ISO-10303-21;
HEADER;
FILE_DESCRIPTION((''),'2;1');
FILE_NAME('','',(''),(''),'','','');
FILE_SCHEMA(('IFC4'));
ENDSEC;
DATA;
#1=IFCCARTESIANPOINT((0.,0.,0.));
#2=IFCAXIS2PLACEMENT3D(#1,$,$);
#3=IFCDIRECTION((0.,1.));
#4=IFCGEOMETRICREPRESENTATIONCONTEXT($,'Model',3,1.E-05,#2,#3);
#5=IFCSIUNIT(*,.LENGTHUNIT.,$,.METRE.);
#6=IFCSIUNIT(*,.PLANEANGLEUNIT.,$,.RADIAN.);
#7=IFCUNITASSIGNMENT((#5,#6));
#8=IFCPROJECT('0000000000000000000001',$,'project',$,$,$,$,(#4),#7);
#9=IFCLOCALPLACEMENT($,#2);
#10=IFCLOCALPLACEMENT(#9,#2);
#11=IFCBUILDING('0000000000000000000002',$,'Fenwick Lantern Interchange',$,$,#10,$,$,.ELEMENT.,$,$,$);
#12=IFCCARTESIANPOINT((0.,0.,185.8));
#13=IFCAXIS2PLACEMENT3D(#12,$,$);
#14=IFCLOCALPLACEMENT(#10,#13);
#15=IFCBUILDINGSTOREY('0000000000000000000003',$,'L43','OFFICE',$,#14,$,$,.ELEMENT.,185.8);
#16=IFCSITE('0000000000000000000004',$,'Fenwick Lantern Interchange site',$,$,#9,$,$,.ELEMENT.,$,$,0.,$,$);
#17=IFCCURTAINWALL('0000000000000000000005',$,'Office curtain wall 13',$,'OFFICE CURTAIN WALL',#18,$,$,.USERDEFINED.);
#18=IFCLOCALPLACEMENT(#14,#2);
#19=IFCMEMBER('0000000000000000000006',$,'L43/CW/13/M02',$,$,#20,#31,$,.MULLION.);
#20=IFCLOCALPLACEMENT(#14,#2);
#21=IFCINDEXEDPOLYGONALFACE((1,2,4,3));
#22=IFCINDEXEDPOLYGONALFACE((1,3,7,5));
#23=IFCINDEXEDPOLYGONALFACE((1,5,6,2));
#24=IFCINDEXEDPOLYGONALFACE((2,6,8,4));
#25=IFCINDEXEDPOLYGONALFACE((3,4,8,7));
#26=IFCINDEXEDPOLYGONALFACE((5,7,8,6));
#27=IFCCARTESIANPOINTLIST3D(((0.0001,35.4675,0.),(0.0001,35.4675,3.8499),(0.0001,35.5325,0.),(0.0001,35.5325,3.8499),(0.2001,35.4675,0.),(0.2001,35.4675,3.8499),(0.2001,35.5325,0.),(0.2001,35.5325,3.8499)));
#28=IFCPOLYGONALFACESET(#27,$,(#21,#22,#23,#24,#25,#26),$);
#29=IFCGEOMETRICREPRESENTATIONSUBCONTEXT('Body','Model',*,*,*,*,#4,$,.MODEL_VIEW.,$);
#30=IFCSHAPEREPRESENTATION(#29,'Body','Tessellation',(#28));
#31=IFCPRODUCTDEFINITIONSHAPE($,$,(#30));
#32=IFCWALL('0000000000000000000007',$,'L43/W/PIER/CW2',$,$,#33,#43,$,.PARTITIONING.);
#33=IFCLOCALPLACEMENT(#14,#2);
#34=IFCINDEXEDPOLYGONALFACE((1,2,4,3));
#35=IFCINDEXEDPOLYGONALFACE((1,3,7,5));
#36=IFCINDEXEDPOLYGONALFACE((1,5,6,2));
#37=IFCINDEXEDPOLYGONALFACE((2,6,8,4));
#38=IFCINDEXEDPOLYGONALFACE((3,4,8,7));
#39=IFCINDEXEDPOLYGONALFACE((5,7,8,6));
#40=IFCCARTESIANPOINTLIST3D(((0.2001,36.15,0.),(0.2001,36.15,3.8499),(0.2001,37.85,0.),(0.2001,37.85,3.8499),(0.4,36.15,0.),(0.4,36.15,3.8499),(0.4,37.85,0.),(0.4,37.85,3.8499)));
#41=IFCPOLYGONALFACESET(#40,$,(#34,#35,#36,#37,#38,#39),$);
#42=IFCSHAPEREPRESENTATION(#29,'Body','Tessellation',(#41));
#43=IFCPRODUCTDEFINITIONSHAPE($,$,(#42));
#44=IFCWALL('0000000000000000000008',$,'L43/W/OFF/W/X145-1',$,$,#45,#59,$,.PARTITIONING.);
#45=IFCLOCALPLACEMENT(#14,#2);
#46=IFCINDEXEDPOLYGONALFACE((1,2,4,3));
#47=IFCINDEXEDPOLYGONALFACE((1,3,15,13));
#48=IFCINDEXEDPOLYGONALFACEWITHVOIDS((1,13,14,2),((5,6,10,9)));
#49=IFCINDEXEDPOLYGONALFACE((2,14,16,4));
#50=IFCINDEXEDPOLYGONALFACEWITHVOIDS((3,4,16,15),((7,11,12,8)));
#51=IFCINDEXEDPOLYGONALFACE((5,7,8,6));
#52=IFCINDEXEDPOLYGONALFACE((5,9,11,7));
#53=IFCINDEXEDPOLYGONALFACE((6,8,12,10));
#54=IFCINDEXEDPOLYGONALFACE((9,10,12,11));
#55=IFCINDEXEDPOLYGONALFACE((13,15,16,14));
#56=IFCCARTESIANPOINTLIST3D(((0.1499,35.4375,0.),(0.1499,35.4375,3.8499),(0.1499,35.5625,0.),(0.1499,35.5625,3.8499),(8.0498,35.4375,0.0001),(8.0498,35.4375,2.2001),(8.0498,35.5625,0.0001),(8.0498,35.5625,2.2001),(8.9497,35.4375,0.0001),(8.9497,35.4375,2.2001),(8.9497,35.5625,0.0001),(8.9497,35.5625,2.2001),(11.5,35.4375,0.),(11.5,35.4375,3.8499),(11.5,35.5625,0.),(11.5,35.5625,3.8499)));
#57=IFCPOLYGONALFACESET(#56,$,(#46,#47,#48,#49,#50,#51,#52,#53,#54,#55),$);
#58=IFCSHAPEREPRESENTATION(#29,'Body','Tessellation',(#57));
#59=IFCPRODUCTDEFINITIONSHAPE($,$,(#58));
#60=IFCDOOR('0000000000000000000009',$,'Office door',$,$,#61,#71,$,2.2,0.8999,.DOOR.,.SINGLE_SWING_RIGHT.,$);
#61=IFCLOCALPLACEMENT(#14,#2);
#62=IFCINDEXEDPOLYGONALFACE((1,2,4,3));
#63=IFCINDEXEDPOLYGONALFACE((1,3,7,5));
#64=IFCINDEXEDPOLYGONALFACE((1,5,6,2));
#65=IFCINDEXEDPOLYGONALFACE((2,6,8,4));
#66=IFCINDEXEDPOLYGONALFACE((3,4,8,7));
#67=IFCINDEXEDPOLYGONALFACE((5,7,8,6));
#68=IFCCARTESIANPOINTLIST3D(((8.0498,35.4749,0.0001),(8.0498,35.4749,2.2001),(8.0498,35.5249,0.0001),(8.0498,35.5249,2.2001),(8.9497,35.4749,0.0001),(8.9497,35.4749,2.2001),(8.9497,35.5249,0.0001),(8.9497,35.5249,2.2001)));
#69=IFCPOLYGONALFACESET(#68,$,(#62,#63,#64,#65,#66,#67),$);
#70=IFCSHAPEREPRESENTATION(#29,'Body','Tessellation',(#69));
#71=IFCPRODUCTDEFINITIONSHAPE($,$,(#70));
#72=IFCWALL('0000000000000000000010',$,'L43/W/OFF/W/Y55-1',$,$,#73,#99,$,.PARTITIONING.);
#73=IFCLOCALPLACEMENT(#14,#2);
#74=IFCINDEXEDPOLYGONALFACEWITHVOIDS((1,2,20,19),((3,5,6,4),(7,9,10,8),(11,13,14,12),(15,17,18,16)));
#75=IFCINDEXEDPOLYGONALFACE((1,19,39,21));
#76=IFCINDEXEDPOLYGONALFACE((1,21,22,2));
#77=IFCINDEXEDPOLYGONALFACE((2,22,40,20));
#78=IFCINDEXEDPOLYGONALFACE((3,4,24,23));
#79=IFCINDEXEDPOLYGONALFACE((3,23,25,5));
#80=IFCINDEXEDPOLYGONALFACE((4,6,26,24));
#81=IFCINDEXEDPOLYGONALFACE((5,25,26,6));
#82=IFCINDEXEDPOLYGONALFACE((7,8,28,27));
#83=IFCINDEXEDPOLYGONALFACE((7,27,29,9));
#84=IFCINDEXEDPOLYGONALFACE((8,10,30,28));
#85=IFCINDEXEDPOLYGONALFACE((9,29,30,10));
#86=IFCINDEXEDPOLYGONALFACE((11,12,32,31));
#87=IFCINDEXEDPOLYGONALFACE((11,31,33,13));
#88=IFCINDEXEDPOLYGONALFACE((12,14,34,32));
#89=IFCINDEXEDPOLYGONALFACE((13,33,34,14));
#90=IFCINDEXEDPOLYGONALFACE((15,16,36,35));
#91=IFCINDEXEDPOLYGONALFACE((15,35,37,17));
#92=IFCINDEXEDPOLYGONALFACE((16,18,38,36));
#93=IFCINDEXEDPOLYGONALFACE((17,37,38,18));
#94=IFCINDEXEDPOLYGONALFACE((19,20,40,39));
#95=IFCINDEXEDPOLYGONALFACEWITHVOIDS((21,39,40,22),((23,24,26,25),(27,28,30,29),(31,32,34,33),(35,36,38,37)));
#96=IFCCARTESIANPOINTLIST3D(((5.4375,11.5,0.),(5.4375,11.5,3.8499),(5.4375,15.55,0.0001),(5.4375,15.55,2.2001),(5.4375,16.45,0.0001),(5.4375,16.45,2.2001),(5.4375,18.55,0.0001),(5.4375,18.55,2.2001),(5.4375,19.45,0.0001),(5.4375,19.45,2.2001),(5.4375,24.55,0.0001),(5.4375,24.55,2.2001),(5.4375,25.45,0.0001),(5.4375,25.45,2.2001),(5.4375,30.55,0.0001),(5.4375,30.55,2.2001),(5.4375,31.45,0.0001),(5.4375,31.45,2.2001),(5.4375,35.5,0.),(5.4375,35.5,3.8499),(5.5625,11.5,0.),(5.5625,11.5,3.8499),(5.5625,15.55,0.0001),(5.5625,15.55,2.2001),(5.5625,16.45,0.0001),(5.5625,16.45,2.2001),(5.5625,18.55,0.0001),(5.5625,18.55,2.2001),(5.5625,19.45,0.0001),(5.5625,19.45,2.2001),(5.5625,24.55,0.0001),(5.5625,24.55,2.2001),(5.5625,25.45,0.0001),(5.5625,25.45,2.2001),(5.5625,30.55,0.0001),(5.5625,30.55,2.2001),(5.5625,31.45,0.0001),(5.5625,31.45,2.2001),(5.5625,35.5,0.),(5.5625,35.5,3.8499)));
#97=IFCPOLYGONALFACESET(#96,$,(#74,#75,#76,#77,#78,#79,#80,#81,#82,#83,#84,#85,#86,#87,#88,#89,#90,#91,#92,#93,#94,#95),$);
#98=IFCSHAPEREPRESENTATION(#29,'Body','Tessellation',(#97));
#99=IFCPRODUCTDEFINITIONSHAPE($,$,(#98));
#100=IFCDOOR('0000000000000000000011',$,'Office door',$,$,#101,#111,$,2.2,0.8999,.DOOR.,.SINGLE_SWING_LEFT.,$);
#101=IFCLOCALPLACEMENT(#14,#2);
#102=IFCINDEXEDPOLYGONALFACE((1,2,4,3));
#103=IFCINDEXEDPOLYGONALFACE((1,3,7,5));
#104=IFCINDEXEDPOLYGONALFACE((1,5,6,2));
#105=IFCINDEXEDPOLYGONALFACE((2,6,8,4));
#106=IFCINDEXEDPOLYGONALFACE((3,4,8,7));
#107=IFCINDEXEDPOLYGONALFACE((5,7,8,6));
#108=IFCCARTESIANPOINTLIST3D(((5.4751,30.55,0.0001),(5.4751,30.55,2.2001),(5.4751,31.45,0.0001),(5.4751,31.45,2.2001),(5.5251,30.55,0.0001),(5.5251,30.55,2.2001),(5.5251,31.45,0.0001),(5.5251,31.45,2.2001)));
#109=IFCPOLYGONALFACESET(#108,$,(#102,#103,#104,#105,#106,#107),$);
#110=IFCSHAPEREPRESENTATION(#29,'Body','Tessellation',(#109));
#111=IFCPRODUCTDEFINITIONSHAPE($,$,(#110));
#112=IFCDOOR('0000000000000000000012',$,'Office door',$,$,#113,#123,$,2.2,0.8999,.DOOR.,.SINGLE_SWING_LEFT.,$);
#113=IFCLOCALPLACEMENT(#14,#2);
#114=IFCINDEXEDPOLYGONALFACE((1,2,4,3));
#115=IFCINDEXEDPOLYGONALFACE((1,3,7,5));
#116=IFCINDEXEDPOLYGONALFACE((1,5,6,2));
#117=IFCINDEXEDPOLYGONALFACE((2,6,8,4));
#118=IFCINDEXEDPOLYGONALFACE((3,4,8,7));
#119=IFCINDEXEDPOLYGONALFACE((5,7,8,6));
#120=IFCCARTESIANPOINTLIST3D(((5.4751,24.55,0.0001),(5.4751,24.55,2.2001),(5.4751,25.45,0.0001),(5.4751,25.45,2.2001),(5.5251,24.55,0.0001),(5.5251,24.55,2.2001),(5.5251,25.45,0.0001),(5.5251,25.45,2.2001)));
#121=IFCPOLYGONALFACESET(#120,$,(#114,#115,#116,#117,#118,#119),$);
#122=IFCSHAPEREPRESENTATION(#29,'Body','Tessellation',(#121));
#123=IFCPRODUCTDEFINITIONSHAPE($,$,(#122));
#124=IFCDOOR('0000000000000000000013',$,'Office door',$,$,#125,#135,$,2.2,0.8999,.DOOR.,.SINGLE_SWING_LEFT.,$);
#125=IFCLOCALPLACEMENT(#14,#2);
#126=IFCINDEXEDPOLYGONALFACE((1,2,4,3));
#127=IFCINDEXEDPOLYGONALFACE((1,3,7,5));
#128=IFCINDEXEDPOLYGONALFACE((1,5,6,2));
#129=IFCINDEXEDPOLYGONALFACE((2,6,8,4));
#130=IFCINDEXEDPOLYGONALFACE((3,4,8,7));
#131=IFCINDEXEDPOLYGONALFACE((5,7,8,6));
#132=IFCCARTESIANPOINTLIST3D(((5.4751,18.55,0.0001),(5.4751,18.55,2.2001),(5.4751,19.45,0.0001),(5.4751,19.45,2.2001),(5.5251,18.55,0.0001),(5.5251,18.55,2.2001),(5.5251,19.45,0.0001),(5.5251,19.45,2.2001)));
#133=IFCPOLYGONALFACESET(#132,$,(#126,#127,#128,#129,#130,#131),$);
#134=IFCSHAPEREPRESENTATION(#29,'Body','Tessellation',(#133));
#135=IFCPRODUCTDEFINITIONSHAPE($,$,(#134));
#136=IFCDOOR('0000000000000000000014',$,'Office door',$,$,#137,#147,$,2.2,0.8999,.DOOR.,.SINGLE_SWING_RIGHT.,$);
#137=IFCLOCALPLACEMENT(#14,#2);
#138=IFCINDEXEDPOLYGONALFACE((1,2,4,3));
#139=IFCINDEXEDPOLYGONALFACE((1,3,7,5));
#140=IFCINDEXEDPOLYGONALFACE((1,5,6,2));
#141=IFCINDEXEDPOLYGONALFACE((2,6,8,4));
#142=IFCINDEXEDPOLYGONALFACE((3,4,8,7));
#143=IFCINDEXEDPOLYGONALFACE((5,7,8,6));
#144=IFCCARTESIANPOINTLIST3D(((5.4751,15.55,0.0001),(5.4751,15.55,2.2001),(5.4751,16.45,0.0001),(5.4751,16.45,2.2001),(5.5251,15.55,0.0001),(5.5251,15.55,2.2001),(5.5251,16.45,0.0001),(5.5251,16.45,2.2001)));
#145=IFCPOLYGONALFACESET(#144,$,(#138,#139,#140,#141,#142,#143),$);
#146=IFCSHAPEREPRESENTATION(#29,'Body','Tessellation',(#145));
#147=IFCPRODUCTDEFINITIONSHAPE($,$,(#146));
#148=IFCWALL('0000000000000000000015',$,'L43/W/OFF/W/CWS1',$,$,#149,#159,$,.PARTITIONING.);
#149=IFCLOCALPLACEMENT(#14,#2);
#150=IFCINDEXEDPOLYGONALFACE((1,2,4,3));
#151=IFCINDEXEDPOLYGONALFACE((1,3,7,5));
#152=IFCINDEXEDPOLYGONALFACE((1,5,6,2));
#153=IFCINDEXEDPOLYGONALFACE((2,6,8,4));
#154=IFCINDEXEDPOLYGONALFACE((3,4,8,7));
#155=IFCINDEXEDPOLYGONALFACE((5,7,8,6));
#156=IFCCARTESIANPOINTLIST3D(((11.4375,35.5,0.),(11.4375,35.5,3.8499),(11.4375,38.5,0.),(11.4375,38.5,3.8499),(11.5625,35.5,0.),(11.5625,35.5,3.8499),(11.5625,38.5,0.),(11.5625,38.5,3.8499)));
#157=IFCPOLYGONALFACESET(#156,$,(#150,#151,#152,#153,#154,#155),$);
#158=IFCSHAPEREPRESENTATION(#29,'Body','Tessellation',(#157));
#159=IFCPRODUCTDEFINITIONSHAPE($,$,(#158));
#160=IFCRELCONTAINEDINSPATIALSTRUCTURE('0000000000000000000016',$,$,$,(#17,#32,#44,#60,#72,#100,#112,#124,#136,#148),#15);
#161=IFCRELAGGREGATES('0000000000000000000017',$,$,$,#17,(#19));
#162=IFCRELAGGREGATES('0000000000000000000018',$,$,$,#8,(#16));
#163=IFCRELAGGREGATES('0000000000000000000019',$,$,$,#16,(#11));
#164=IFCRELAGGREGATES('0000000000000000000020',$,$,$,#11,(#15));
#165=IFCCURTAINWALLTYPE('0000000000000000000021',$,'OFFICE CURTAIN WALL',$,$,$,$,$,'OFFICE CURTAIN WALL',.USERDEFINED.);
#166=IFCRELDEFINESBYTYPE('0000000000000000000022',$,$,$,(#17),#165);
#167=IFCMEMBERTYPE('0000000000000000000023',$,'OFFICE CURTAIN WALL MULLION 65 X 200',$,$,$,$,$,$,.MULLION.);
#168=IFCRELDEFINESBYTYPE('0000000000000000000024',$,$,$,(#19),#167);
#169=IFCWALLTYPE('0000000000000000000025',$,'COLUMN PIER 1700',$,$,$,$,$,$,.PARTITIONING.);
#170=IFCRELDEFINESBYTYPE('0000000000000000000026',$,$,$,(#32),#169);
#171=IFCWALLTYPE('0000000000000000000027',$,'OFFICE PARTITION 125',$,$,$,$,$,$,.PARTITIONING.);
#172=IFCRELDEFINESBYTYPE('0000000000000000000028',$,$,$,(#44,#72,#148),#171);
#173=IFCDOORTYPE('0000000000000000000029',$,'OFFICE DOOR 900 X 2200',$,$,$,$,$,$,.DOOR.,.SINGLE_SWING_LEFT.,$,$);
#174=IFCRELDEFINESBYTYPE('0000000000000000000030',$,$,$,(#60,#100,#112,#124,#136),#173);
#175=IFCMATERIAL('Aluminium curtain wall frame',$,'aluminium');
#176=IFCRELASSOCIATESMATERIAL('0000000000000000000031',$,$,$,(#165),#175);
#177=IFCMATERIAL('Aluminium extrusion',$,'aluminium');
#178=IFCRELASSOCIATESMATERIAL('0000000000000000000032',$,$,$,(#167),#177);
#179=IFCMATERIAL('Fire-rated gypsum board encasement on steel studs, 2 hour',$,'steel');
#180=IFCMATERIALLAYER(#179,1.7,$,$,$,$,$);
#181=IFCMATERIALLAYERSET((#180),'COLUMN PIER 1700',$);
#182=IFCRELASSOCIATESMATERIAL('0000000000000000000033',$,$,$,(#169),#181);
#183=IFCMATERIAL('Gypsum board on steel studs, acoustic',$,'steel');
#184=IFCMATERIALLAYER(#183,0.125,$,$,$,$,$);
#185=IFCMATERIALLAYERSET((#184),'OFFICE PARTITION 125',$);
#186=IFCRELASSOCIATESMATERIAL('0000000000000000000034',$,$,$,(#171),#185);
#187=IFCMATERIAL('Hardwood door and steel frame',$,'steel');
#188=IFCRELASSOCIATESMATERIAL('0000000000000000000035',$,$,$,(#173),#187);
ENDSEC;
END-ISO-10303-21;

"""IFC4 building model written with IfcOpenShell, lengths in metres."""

from ifc_helpers import new_model, si_unit, direction, frame, frame_2d, origin, origin_2d, place, context, subcontext, project, spatial, rectangle, extrude, material, layer, layer_set, material_profile, profile_set, type_object, element, fill, aggregate, save


model = new_model("IFC4")

# Units and contexts
model_context = context("Model", 3, precision=1e-05, world=origin(), true_north=direction((0.0, 1.0)))
body_context = subcontext(model_context, "Body", "Model", "MODEL_VIEW")
ifc_project = project(units=[si_unit("LENGTHUNIT", "METRE"), si_unit("PLANEANGLEUNIT", "RADIAN")], contexts=[model_context])

# Site, building, storey
site_placement = place(None, origin())
site = spatial("IfcSite", under=ifc_project, at=site_placement, Name="Fenwick Lantern Interchange site", CompositionType="ELEMENT", RefElevation=0.0)
building_placement = place(site_placement, origin())
building = spatial("IfcBuilding", under=site, at=building_placement, Name="Fenwick Lantern Interchange", CompositionType="ELEMENT")
storey_placement = place(building_placement, frame((0.0, 0.0, 185.8)))
storey = spatial("IfcBuildingStorey", under=building, at=storey_placement, Name="L43", Description="OFFICE", CompositionType="ELEMENT", Elevation=185.8)

# Curtain wall, member
ifc_material_1 = material(Name="Aluminium curtain wall frame", Category="aluminium")
curtain_wall_type = type_object("IfcCurtainWallType", Name="OFFICE CURTAIN WALL", ElementType="OFFICE CURTAIN WALL", PredefinedType="USERDEFINED", material=ifc_material_1)
curtain_wall_placement = place(storey_placement, origin())
curtain_wall = element("IfcCurtainWall", 1, at=curtain_wall_placement, inside=storey, type_object=curtain_wall_type, Name="Office curtain wall 13", ObjectType="OFFICE CURTAIN WALL", PredefinedType="USERDEFINED")
ifc_material_2 = material(Name="Aluminium extrusion", Category="aluminium")
ifc_material_profile_1 = material_profile(ifc_material_2, rectangle(XDim=0.2, YDim=0.0649, at=origin_2d()), Name="OFFICE CURTAIN WALL MULLION 65 X 200")
ifc_profile_set_1 = profile_set([ifc_material_profile_1], Name="Aluminium extrusion")
member_type = type_object("IfcMemberType", Name="OFFICE CURTAIN WALL MULLION 65 X 200", PredefinedType="MULLION", material=ifc_profile_set_1)
member_placement = place(storey_placement, frame((0.1001, 35.5, 0.0), z_axis=(0.0, 0.0, 1.0), x_axis=(1.0, 0.0, 0.0)))
member = element("IfcMember", 2, at=member_placement, type_object=member_type, Name="L43/CW/13/M02", PredefinedType="MULLION", context=body_context, shape_type="SweptSolid", body=[
    extrude(rectangle(XDim=0.2, YDim=0.0649, at=origin_2d()), origin(), (0.0, 0.0, 1.0), 3.8499),
])
aggregate(curtain_wall, [member])

# Wall
ifc_material_3 = material(Name="Fire-rated gypsum board encasement on steel studs, 2 hour", Category="steel")
ifc_layer_1 = layer(ifc_material_3, 1.7)
ifc_layer_set_1 = layer_set([ifc_layer_1], Name="COLUMN PIER 1700")
wall_type_1 = type_object("IfcWallType", Name="COLUMN PIER 1700", PredefinedType="PARTITIONING", material=ifc_layer_set_1)
wall_1_placement = place(storey_placement, frame((0.2, 37.0, 0.0), z_axis=(0.0, 0.0, 1.0), x_axis=(1.0, 0.0, 0.0)))
element("IfcWall", 3, at=wall_1_placement, inside=storey, type_object=wall_type_1, Name="L43/W/PIER/CW2", PredefinedType="PARTITIONING", context=body_context, shape_type="SweptSolid", body=[
    extrude(rectangle(XDim=0.2, YDim=1.7, at=frame_2d((0.1001, 0.0))), origin(), (0.0, 0.0, 1.0), 3.8499),
])

# Shared definitions
ifc_material_4 = material(Name="Hardwood door and steel frame", Category="steel")

# Wall, opening, door
ifc_material_5 = material(Name="Gypsum board on steel studs, acoustic", Category="steel")
ifc_layer_2 = layer(ifc_material_5, 0.125)
ifc_layer_set_2 = layer_set([ifc_layer_2], Name="OFFICE PARTITION 125")
wall_type_2 = type_object("IfcWallType", Name="OFFICE PARTITION 125", PredefinedType="PARTITIONING", material=ifc_layer_set_2)
wall_2_placement = place(storey_placement, frame((0.1499, 35.5, 0.0), z_axis=(0.0, 0.0, 1.0), x_axis=(1.0, 0.0, 0.0)))
wall_2 = element("IfcWall", 4, at=wall_2_placement, inside=storey, type_object=wall_type_2, Name="L43/W/OFF/W/X145-1", PredefinedType="PARTITIONING", context=body_context, shape_type="SweptSolid", body=[
    extrude(rectangle(XDim=11.3501, YDim=0.125, at=frame_2d((5.675, 0.0))), origin(), (0.0, 0.0, 1.0), 3.8499),
])
opening_1_placement = place(wall_2_placement, frame((7.8999, 0.0, 0.0)))
opening_1 = element("IfcOpeningElement", 5, at=opening_1_placement, cuts=wall_2, PredefinedType="OPENING", context=body_context, shape_type="SweptSolid", body=[
    extrude(rectangle(XDim=0.8999, YDim=2.2, at=frame_2d((0.45, 1.1001))), frame((0.0, 0.0725, 0.0), z_axis=(0.0, -1.0, 0.0), x_axis=(1.0, 0.0, 0.0)), (0.0, 0.0, 1.0), 0.145),
])
door_type_1 = type_object("IfcDoorType", Name="OFFICE DOOR 900 X 2200", OperationType="SINGLE_SWING_LEFT", PredefinedType="DOOR", material=ifc_material_4)
door_1_placement = place(opening_1_placement, origin())
door_1 = element("IfcDoor", 6, at=door_1_placement, inside=storey, type_object=door_type_1, Name="Office door", OperationType="SINGLE_SWING_RIGHT", OverallHeight=2.2, OverallWidth=0.8999, PredefinedType="DOOR", context=body_context, shape_type="SweptSolid", body=[
    extrude(rectangle(XDim=0.8999, YDim=2.2, at=frame_2d((0.45, 1.1001))), frame((0.0, 0.0249, 0.0), z_axis=(0.0, -1.0, 0.0), x_axis=(1.0, 0.0, 0.0)), (0.0, 0.0, 1.0), 0.05),
])
fill(opening_1, door_1)

# Wall, openings, doors
wall_3_placement = place(storey_placement, frame((5.5, 35.5, 0.0), z_axis=(0.0, 0.0, 1.0), x_axis=(0.0, -1.0, 0.0)))
wall_3 = element("IfcWall", 7, at=wall_3_placement, inside=storey, type_object=wall_type_2, Name="L43/W/OFF/W/Y55-1", PredefinedType="PARTITIONING", context=body_context, shape_type="SweptSolid", body=[
    extrude(rectangle(XDim=24.0, YDim=0.125, at=frame_2d((12.0, 0.0))), origin(), (0.0, 0.0, 1.0), 3.8499),
])
opening_2_placement = place(wall_3_placement, frame((4.05, 0.0, 0.0)))
opening_2 = element("IfcOpeningElement", 8, at=opening_2_placement, cuts=wall_3, PredefinedType="OPENING", context=body_context, shape_type="SweptSolid", body=[
    extrude(rectangle(XDim=0.8999, YDim=2.2, at=frame_2d((0.45, 1.1001))), frame((0.0, 0.0725, 0.0), z_axis=(0.0, -1.0, 0.0), x_axis=(1.0, 0.0, 0.0)), (0.0, 0.0, 1.0), 0.145),
])
opening_3_placement = place(wall_3_placement, frame((10.05, 0.0, 0.0)))
opening_3 = element("IfcOpeningElement", 9, at=opening_3_placement, cuts=wall_3, PredefinedType="OPENING", context=body_context, shape_type="SweptSolid", body=[
    extrude(rectangle(XDim=0.8999, YDim=2.2, at=frame_2d((0.45, 1.1001))), frame((0.0, 0.0725, 0.0), z_axis=(0.0, -1.0, 0.0), x_axis=(1.0, 0.0, 0.0)), (0.0, 0.0, 1.0), 0.145),
])
opening_4_placement = place(wall_3_placement, frame((16.05, 0.0, 0.0)))
opening_4 = element("IfcOpeningElement", 10, at=opening_4_placement, cuts=wall_3, PredefinedType="OPENING", context=body_context, shape_type="SweptSolid", body=[
    extrude(rectangle(XDim=0.8999, YDim=2.2, at=frame_2d((0.45, 1.1001))), frame((0.0, 0.0725, 0.0), z_axis=(0.0, -1.0, 0.0), x_axis=(1.0, 0.0, 0.0)), (0.0, 0.0, 1.0), 0.145),
])
opening_5_placement = place(wall_3_placement, frame((19.05, 0.0, 0.0)))
opening_5 = element("IfcOpeningElement", 11, at=opening_5_placement, cuts=wall_3, PredefinedType="OPENING", context=body_context, shape_type="SweptSolid", body=[
    extrude(rectangle(XDim=0.8999, YDim=2.2, at=frame_2d((0.45, 1.1001))), frame((0.0, 0.0725, 0.0), z_axis=(0.0, -1.0, 0.0), x_axis=(1.0, 0.0, 0.0)), (0.0, 0.0, 1.0), 0.145),
])
door_2_placement = place(opening_2_placement, frame((0.8999, 0.0, 0.0), z_axis=(0.0, 0.0, 1.0), x_axis=(-1.0, 0.0, 0.0)))
door_2 = element("IfcDoor", 12, at=door_2_placement, inside=storey, type_object=door_type_1, Name="Office door", OperationType="SINGLE_SWING_LEFT", OverallHeight=2.2, OverallWidth=0.8999, PredefinedType="DOOR", context=body_context, shape_type="SweptSolid", body=[
    extrude(rectangle(XDim=0.8999, YDim=2.2, at=frame_2d((0.45, 1.1001))), frame((0.0, 0.0249, 0.0), z_axis=(0.0, -1.0, 0.0), x_axis=(1.0, 0.0, 0.0)), (0.0, 0.0, 1.0), 0.05),
])
fill(opening_2, door_2)
door_3_placement = place(opening_3_placement, frame((0.8999, 0.0, 0.0), z_axis=(0.0, 0.0, 1.0), x_axis=(-1.0, 0.0, 0.0)))
door_3 = element("IfcDoor", 13, at=door_3_placement, inside=storey, type_object=door_type_1, Name="Office door", OperationType="SINGLE_SWING_LEFT", OverallHeight=2.2, OverallWidth=0.8999, PredefinedType="DOOR", context=body_context, shape_type="SweptSolid", body=[
    extrude(rectangle(XDim=0.8999, YDim=2.2, at=frame_2d((0.45, 1.1001))), frame((0.0, 0.0249, 0.0), z_axis=(0.0, -1.0, 0.0), x_axis=(1.0, 0.0, 0.0)), (0.0, 0.0, 1.0), 0.05),
])
fill(opening_3, door_3)
door_4_placement = place(opening_4_placement, frame((0.8999, 0.0, 0.0), z_axis=(0.0, 0.0, 1.0), x_axis=(-1.0, 0.0, 0.0)))
door_4 = element("IfcDoor", 14, at=door_4_placement, inside=storey, type_object=door_type_1, Name="Office door", OperationType="SINGLE_SWING_LEFT", OverallHeight=2.2, OverallWidth=0.8999, PredefinedType="DOOR", context=body_context, shape_type="SweptSolid", body=[
    extrude(rectangle(XDim=0.8999, YDim=2.2, at=frame_2d((0.45, 1.1001))), frame((0.0, 0.0249, 0.0), z_axis=(0.0, -1.0, 0.0), x_axis=(1.0, 0.0, 0.0)), (0.0, 0.0, 1.0), 0.05),
])
fill(opening_4, door_4)
door_5_placement = place(opening_5_placement, frame((0.8999, 0.0, 0.0), z_axis=(0.0, 0.0, 1.0), x_axis=(-1.0, 0.0, 0.0)))
door_5 = element("IfcDoor", 15, at=door_5_placement, inside=storey, type_object=door_type_1, Name="Office door", OperationType="SINGLE_SWING_RIGHT", OverallHeight=2.2, OverallWidth=0.8999, PredefinedType="DOOR", context=body_context, shape_type="SweptSolid", body=[
    extrude(rectangle(XDim=0.8999, YDim=2.2, at=frame_2d((0.45, 1.1001))), frame((0.0, 0.0249, 0.0), z_axis=(0.0, -1.0, 0.0), x_axis=(1.0, 0.0, 0.0)), (0.0, 0.0, 1.0), 0.05),
])
fill(opening_5, door_5)

# Wall
wall_4_placement = place(storey_placement, frame((11.5, 38.5, 0.0), z_axis=(0.0, 0.0, 1.0), x_axis=(0.0, -1.0, 0.0)))
element("IfcWall", 16, at=wall_4_placement, inside=storey, type_object=wall_type_2, Name="L43/W/OFF/W/CWS1", PredefinedType="PARTITIONING", context=body_context, shape_type="SweptSolid", body=[
    extrude(rectangle(XDim=3.0, YDim=0.125, at=frame_2d((1.5, 0.0))), origin(), (0.0, 0.0, 1.0), 3.8499),
])

save(model, "model.ifc")
